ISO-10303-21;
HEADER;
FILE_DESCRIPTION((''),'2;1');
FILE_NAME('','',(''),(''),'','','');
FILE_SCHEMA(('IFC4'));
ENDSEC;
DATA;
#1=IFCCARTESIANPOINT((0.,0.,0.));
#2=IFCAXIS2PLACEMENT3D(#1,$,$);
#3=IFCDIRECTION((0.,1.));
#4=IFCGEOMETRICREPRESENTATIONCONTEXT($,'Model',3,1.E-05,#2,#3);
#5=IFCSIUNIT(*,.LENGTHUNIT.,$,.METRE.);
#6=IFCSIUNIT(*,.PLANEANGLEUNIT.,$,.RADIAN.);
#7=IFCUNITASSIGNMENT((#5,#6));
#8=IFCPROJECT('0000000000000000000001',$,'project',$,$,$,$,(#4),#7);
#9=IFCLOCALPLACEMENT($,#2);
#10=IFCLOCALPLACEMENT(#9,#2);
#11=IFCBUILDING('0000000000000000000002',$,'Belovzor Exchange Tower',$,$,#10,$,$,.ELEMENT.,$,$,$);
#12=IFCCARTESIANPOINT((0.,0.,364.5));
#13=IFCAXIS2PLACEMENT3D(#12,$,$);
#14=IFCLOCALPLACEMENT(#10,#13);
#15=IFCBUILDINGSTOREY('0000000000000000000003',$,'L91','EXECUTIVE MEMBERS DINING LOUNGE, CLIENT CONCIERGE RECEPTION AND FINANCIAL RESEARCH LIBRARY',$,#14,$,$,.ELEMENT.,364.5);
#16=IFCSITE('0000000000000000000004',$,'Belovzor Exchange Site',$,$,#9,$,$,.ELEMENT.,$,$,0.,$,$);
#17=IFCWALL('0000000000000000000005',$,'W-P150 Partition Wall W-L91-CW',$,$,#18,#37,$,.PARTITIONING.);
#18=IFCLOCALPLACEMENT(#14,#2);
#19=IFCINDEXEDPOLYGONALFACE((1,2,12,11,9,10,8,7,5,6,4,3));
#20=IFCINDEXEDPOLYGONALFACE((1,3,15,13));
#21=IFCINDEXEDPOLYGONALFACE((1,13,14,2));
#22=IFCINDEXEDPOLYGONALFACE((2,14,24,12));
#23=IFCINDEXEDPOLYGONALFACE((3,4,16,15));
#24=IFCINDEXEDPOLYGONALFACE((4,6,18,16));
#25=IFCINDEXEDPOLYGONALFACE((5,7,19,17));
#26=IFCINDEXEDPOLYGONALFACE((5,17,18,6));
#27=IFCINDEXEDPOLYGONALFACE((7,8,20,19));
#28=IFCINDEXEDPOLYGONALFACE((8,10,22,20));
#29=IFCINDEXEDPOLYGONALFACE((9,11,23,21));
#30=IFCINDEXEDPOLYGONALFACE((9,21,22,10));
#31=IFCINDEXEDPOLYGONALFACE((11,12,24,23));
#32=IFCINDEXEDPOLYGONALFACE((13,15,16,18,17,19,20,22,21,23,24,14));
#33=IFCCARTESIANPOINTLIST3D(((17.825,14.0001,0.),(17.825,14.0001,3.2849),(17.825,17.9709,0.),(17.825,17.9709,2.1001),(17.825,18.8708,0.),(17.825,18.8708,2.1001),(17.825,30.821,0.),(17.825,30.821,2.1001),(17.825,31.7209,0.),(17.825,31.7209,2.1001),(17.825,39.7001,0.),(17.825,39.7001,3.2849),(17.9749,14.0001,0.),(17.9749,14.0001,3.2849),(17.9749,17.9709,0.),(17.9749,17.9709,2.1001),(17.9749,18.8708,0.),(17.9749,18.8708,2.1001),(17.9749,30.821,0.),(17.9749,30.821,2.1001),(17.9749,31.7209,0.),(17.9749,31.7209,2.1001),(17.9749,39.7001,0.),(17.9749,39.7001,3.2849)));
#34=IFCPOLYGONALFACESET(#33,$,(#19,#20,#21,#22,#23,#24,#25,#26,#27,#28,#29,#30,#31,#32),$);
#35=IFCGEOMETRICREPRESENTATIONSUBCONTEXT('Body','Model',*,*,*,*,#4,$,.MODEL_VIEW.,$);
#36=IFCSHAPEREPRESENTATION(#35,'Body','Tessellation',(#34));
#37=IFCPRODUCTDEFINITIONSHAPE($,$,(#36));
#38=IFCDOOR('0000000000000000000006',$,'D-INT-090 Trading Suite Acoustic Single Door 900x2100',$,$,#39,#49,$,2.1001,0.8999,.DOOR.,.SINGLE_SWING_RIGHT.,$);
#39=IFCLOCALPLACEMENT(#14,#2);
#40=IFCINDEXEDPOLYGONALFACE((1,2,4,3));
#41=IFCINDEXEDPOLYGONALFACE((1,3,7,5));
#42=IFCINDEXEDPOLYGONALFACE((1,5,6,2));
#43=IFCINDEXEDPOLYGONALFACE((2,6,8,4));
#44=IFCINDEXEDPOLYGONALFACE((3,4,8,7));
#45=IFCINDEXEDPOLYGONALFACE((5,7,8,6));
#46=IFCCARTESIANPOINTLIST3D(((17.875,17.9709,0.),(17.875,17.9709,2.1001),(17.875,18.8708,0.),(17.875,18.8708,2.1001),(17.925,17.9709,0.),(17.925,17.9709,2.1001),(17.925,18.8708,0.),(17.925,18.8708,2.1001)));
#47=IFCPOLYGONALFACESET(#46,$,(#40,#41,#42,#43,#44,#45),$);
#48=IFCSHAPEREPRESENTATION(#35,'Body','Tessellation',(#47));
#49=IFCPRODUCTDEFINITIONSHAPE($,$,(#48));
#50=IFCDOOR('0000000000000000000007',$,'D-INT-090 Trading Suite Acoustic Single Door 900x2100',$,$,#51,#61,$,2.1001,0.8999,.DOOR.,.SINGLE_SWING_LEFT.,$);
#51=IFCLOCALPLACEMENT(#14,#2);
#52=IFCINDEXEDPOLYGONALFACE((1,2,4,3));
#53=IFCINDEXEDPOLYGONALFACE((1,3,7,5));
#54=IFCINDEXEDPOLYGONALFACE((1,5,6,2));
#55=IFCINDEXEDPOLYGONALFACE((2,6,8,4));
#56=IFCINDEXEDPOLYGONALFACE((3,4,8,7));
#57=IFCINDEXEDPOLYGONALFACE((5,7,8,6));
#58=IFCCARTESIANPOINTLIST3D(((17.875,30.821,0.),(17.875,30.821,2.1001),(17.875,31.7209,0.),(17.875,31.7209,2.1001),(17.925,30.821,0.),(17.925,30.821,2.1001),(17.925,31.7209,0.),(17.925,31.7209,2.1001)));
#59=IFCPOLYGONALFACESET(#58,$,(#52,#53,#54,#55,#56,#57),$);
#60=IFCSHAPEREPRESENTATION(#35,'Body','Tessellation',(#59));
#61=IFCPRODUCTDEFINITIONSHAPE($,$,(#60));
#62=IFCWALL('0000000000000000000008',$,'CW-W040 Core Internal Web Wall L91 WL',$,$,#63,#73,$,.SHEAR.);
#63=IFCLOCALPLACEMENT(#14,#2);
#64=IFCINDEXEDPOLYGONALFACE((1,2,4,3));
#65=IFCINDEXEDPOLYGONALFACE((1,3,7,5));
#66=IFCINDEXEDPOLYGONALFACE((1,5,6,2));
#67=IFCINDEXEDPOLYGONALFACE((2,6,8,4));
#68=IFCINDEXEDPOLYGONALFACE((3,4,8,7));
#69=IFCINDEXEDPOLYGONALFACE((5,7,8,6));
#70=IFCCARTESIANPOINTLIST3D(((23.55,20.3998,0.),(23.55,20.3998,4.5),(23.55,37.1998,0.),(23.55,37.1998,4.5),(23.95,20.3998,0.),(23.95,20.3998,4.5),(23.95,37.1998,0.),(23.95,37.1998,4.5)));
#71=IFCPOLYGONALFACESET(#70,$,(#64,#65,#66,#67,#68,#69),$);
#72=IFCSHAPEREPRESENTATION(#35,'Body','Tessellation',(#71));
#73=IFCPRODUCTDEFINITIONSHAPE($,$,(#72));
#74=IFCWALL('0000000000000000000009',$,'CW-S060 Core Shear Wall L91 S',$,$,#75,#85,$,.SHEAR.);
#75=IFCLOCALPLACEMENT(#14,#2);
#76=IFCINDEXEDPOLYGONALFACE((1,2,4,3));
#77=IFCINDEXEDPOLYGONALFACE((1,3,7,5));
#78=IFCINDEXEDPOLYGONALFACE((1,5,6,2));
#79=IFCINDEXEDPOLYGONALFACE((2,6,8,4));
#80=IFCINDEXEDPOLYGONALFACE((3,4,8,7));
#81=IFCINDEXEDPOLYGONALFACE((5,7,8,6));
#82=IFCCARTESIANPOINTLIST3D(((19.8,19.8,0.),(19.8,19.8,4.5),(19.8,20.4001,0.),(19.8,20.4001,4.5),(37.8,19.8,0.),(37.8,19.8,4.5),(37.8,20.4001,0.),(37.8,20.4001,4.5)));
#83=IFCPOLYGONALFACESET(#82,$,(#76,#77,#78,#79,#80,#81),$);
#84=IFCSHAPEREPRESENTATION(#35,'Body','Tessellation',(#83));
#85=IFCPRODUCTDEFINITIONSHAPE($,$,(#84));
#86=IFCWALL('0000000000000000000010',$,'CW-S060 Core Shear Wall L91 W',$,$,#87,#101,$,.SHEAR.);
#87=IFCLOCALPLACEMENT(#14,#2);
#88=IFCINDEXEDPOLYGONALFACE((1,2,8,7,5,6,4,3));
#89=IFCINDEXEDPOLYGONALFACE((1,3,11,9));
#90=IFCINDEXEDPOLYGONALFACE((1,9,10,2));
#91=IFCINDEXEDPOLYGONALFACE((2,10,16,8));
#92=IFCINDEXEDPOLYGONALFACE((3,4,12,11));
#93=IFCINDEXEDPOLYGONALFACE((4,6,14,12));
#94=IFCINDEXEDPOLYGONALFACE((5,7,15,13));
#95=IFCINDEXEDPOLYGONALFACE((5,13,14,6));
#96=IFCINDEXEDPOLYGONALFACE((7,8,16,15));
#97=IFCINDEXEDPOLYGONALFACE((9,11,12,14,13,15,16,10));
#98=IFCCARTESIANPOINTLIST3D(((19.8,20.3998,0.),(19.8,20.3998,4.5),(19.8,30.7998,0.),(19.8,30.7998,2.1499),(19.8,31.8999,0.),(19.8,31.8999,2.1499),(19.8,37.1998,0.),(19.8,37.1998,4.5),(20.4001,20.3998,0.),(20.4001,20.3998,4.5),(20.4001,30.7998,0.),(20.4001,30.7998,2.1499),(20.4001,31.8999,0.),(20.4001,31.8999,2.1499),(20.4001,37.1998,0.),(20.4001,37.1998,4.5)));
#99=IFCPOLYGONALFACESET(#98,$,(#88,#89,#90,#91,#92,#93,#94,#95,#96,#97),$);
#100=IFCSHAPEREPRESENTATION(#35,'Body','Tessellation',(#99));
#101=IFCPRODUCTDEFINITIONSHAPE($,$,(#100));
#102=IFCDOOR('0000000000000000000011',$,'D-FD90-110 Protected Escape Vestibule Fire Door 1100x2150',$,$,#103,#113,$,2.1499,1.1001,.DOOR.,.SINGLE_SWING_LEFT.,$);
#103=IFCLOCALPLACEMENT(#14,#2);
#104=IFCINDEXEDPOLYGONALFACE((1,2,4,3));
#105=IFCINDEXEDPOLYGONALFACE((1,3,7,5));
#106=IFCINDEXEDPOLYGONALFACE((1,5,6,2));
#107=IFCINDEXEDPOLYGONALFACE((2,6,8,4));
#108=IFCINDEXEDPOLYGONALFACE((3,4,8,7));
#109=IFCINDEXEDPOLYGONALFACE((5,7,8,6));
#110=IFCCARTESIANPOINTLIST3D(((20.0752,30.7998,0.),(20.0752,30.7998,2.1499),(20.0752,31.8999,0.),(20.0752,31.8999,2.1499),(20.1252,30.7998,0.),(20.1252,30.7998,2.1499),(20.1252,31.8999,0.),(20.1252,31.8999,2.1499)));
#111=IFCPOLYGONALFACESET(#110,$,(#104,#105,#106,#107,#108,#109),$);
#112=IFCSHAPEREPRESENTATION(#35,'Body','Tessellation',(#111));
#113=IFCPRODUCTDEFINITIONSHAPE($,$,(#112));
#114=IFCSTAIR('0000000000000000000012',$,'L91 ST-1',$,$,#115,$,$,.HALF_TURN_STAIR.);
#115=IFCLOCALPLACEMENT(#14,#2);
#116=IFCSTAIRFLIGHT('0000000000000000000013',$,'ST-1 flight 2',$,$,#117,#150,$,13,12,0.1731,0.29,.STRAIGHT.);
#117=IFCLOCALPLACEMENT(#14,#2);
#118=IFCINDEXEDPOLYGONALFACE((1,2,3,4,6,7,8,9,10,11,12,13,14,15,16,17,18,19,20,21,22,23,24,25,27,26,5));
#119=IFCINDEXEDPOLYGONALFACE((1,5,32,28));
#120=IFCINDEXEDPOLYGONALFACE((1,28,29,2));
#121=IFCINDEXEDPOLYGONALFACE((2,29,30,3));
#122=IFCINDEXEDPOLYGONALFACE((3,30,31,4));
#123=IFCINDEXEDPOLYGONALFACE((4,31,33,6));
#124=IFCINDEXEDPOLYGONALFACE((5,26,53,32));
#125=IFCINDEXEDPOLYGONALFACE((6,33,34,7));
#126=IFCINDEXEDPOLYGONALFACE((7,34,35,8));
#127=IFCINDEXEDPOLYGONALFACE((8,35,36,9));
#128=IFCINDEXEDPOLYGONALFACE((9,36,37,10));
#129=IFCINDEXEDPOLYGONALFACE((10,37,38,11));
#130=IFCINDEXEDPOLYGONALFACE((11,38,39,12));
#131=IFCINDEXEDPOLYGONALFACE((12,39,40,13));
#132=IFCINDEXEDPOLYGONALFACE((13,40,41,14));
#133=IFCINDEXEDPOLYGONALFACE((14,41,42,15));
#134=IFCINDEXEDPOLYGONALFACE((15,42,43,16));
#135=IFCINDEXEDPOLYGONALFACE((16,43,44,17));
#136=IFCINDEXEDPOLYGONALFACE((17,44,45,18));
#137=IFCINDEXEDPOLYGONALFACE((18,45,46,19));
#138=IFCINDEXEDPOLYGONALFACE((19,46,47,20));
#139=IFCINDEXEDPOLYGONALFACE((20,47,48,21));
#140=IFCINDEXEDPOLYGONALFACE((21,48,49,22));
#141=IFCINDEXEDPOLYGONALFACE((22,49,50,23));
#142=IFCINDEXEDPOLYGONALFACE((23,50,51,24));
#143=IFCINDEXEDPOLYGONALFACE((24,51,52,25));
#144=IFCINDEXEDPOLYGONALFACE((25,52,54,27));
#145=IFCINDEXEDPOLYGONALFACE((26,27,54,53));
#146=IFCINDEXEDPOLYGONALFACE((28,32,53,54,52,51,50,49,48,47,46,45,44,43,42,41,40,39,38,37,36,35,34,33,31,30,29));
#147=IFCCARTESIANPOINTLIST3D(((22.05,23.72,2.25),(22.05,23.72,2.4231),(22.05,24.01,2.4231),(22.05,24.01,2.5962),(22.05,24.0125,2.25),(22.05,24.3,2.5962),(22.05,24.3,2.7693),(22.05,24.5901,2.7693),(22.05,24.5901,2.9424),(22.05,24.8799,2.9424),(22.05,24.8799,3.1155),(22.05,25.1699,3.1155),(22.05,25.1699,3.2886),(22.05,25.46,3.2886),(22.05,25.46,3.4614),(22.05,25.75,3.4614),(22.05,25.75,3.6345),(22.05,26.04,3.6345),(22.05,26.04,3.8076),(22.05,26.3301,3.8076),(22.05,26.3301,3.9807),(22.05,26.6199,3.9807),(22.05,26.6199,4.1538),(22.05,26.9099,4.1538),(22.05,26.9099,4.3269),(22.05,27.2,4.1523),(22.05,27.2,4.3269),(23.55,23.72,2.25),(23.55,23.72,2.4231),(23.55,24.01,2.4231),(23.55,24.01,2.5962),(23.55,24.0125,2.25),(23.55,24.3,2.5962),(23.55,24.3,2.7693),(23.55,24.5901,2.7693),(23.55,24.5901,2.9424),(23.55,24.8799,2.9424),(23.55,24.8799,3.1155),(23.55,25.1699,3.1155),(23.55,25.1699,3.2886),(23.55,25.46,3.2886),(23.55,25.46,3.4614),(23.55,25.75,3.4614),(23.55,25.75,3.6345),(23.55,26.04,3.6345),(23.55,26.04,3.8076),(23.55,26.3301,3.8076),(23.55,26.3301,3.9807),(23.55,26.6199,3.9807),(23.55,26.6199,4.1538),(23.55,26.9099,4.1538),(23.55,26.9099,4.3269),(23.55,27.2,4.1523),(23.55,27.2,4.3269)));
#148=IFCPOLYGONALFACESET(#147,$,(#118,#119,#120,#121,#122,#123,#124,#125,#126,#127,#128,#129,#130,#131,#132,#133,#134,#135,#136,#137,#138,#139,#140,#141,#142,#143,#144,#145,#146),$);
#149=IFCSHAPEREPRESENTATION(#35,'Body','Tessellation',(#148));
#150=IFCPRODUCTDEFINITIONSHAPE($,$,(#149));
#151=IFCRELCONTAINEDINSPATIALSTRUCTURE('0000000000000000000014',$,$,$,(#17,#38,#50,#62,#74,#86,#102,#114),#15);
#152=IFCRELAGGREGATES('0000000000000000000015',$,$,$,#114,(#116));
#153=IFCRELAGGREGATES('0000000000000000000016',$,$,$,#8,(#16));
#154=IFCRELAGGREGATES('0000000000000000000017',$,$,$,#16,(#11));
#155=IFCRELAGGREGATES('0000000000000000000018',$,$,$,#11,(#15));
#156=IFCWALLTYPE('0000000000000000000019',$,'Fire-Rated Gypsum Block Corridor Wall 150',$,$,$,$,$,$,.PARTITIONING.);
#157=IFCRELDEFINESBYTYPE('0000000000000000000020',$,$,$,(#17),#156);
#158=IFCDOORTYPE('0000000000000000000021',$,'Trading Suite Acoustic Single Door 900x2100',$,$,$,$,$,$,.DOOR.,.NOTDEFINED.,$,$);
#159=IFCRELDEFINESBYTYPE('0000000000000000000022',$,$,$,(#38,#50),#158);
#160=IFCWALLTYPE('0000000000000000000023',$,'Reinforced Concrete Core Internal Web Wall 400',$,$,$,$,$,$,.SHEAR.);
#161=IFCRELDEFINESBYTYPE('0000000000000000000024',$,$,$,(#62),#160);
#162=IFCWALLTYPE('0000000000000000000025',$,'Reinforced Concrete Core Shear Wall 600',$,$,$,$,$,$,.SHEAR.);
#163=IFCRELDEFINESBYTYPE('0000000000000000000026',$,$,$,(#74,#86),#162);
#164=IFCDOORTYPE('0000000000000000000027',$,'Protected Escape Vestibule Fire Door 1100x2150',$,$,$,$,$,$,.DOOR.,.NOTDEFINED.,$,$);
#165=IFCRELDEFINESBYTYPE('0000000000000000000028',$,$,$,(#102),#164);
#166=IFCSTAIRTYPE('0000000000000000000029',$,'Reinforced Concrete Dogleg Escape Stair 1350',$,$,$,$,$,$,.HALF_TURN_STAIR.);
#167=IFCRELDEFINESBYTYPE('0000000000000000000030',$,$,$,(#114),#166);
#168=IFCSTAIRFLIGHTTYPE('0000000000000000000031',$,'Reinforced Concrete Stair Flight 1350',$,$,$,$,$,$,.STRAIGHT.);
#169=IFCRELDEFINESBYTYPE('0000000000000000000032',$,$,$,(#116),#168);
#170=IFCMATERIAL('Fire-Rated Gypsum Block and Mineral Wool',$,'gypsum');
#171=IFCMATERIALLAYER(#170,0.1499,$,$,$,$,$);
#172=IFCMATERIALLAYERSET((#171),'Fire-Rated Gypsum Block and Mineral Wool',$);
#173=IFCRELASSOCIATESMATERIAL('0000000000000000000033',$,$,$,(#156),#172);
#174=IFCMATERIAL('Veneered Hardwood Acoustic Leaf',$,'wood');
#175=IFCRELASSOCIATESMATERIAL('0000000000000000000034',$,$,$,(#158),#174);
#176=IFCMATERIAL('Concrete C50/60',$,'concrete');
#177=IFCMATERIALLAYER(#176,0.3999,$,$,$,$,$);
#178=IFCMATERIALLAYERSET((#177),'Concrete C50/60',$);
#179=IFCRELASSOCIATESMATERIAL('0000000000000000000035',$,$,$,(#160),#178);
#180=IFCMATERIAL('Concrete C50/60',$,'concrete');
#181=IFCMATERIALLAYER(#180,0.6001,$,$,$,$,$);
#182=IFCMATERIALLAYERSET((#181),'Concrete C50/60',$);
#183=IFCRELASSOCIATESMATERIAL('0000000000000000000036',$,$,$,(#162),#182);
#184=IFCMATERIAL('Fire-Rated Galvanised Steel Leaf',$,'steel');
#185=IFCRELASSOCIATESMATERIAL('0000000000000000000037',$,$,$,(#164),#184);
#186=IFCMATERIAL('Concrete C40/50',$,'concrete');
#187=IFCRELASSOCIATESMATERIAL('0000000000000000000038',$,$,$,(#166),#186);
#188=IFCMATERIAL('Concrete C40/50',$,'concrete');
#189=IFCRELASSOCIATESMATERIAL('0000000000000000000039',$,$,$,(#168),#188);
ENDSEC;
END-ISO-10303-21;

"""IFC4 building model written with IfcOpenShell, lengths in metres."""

from ifc_helpers import new_model, si_unit, direction, frame, frame_2d, origin, place, context, subcontext, project, spatial, polyline, rectangle, outline, extrude, material, layer, layer_set, type_object, element, fill, aggregate, save


model = new_model("IFC4")

# Units and contexts
model_context = context("Model", 3, precision=1e-05, world=origin(), true_north=direction((0.0, 1.0)))
body_context = subcontext(model_context, "Body", "Model", "MODEL_VIEW")
ifc_project = project(units=[si_unit("LENGTHUNIT", "METRE"), si_unit("PLANEANGLEUNIT", "RADIAN")], contexts=[model_context])

# Site, building, storey
site_placement = place(None, origin())
site = spatial("IfcSite", under=ifc_project, at=site_placement, Name="Belovzor Exchange Site", CompositionType="ELEMENT", RefElevation=0.0)
building_placement = place(site_placement, origin())
building = spatial("IfcBuilding", under=site, at=building_placement, Name="Belovzor Exchange Tower", CompositionType="ELEMENT")
storey_placement = place(building_placement, frame((0.0, 0.0, 364.5)))
storey = spatial("IfcBuildingStorey", under=building, at=storey_placement, Name="L91", Description="EXECUTIVE MEMBERS DINING LOUNGE, CLIENT CONCIERGE RECEPTION AND FINANCIAL RESEARCH LIBRARY", CompositionType="ELEMENT", Elevation=364.5)

# Wall, openings, doors
ifc_material_1 = material(Name="Fire-Rated Gypsum Block and Mineral Wool", Category="gypsum")
ifc_layer_1 = layer(ifc_material_1, 0.1499)
ifc_layer_set_1 = layer_set([ifc_layer_1], Name="Fire-Rated Gypsum Block and Mineral Wool")
wall_type_1 = type_object("IfcWallType", Name="Fire-Rated Gypsum Block Corridor Wall 150", PredefinedType="PARTITIONING", material=ifc_layer_set_1)
wall_1_placement = place(storey_placement, frame((17.8999, 14.0, 0.0), z_axis=(0.0, 0.0, 1.0), x_axis=(0.0, 1.0, 0.0)))
wall_1 = element("IfcWall", 1, at=wall_1_placement, inside=storey, type_object=wall_type_1, Name="W-P150 Partition Wall W-L91-CW", PredefinedType="PARTITIONING", context=body_context, shape_type="SweptSolid", body=[
    extrude(rectangle(XDim=25.7, YDim=0.1499, at=frame_2d((12.8501, 0.0))), origin(), (0.0, 0.0, 1.0), 3.2849),
])
opening_1_placement = place(wall_1_placement, frame((3.9709, 0.0, 0.0)))
opening_1 = element("IfcOpeningElement", 2, at=opening_1_placement, cuts=wall_1, PredefinedType="OPENING", context=body_context, shape_type="SweptSolid", body=[
    extrude(rectangle(XDim=0.8999, YDim=2.1001, at=frame_2d((0.45, 1.05))), frame((0.0, 0.085, 0.0), z_axis=(0.0, -1.0, 0.0), x_axis=(1.0, 0.0, 0.0)), (0.0, 0.0, 1.0), 0.1699),
])
opening_2_placement = place(wall_1_placement, frame((16.821, 0.0, 0.0)))
opening_2 = element("IfcOpeningElement", 3, at=opening_2_placement, cuts=wall_1, PredefinedType="OPENING", context=body_context, shape_type="SweptSolid", body=[
    extrude(rectangle(XDim=0.8999, YDim=2.1001, at=frame_2d((0.45, 1.05))), frame((0.0, 0.085, 0.0), z_axis=(0.0, -1.0, 0.0), x_axis=(1.0, 0.0, 0.0)), (0.0, 0.0, 1.0), 0.1699),
])
ifc_material_2 = material(Name="Veneered Hardwood Acoustic Leaf", Category="wood")
door_type_1 = type_object("IfcDoorType", Name="Trading Suite Acoustic Single Door 900x2100", OperationType="NOTDEFINED", PredefinedType="DOOR", material=ifc_material_2)
door_1_placement = place(opening_1_placement, origin())
door_1 = element("IfcDoor", 4, at=door_1_placement, inside=storey, type_object=door_type_1, Name="D-INT-090 Trading Suite Acoustic Single Door 900x2100", OperationType="SINGLE_SWING_RIGHT", OverallHeight=2.1001, OverallWidth=0.8999, PredefinedType="DOOR", context=body_context, shape_type="SweptSolid", body=[
    extrude(rectangle(XDim=0.8999, YDim=2.1001, at=frame_2d((0.45, 1.05))), frame((0.0, 0.0249, 0.0), z_axis=(0.0, -1.0, 0.0), x_axis=(1.0, 0.0, 0.0)), (0.0, 0.0, 1.0), 0.05),
])
fill(opening_1, door_1)
door_2_placement = place(opening_2_placement, origin())
door_2 = element("IfcDoor", 5, at=door_2_placement, inside=storey, type_object=door_type_1, Name="D-INT-090 Trading Suite Acoustic Single Door 900x2100", OperationType="SINGLE_SWING_LEFT", OverallHeight=2.1001, OverallWidth=0.8999, PredefinedType="DOOR", context=body_context, shape_type="SweptSolid", body=[
    extrude(rectangle(XDim=0.8999, YDim=2.1001, at=frame_2d((0.45, 1.05))), frame((0.0, 0.0249, 0.0), z_axis=(0.0, -1.0, 0.0), x_axis=(1.0, 0.0, 0.0)), (0.0, 0.0, 1.0), 0.05),
])
fill(opening_2, door_2)

# Walls
ifc_material_3 = material(Name="Concrete C50/60", Category="concrete")
ifc_layer_2 = layer(ifc_material_3, 0.3999)
ifc_layer_set_2 = layer_set([ifc_layer_2], Name="Concrete C50/60")
wall_type_2 = type_object("IfcWallType", Name="Reinforced Concrete Core Internal Web Wall 400", PredefinedType="SHEAR", material=ifc_layer_set_2)
wall_2_placement = place(storey_placement, frame((23.75, 20.3999, 0.0), z_axis=(0.0, 0.0, 1.0), x_axis=(0.0, 1.0, 0.0)))
element("IfcWall", 6, at=wall_2_placement, inside=storey, type_object=wall_type_2, Name="CW-W040 Core Internal Web Wall L91 WL", PredefinedType="SHEAR", context=body_context, shape_type="SweptSolid", body=[
    extrude(rectangle(XDim=16.8, YDim=0.3999, at=frame_2d((8.3999, 0.0))), origin(), (0.0, 0.0, 1.0), 4.5),
])
ifc_material_4 = material(Name="Concrete C50/60", Category="concrete")
ifc_layer_3 = layer(ifc_material_4, 0.6001)
ifc_layer_set_3 = layer_set([ifc_layer_3], Name="Concrete C50/60")
wall_type_3 = type_object("IfcWallType", Name="Reinforced Concrete Core Shear Wall 600", PredefinedType="SHEAR", material=ifc_layer_set_3)
wall_3_placement = place(storey_placement, frame((19.8, 20.1001, 0.0), z_axis=(0.0, 0.0, 1.0), x_axis=(1.0, 0.0, 0.0)))
element("IfcWall", 7, at=wall_3_placement, inside=storey, type_object=wall_type_3, Name="CW-S060 Core Shear Wall L91 S", PredefinedType="SHEAR", context=body_context, shape_type="SweptSolid", body=[
    extrude(rectangle(XDim=18.0, YDim=0.6001, at=frame_2d((9.0, 0.0))), origin(), (0.0, 0.0, 1.0), 4.5),
])

# Wall, opening, door
wall_4_placement = place(storey_placement, frame((20.1001, 20.3999, 0.0), z_axis=(0.0, 0.0, 1.0), x_axis=(0.0, 1.0, 0.0)))
wall_4 = element("IfcWall", 8, at=wall_4_placement, inside=storey, type_object=wall_type_3, Name="CW-S060 Core Shear Wall L91 W", PredefinedType="SHEAR", context=body_context, shape_type="SweptSolid", body=[
    extrude(rectangle(XDim=16.8, YDim=0.6001, at=frame_2d((8.3999, 0.0))), origin(), (0.0, 0.0, 1.0), 4.5),
])
opening_3_placement = place(wall_4_placement, frame((10.3999, 0.0, 0.0)))
opening_3 = element("IfcOpeningElement", 9, at=opening_3_placement, cuts=wall_4, PredefinedType="OPENING", context=body_context, shape_type="SweptSolid", body=[
    extrude(rectangle(XDim=1.1001, YDim=2.1499, at=frame_2d((0.55, 1.075))), frame((0.0, 0.3101, 0.0), z_axis=(0.0, -1.0, 0.0), x_axis=(1.0, 0.0, 0.0)), (0.0, 0.0, 1.0), 0.6201),
])
ifc_material_5 = material(Name="Fire-Rated Galvanised Steel Leaf", Category="steel")
door_type_2 = type_object("IfcDoorType", Name="Protected Escape Vestibule Fire Door 1100x2150", OperationType="NOTDEFINED", PredefinedType="DOOR", material=ifc_material_5)
door_3_placement = place(opening_3_placement, origin())
door_3 = element("IfcDoor", 10, at=door_3_placement, inside=storey, type_object=door_type_2, Name="D-FD90-110 Protected Escape Vestibule Fire Door 1100x2150", OperationType="SINGLE_SWING_LEFT", OverallHeight=2.1499, OverallWidth=1.1001, PredefinedType="DOOR", context=body_context, shape_type="SweptSolid", body=[
    extrude(rectangle(XDim=1.1001, YDim=2.1499, at=frame_2d((0.55, 1.075))), frame((0.0, 0.0249, 0.0), z_axis=(0.0, -1.0, 0.0), x_axis=(1.0, 0.0, 0.0)), (0.0, 0.0, 1.0), 0.05),
])
fill(opening_3, door_3)

# Stair, stair flight
ifc_material_6 = material(Name="Concrete C40/50", Category="concrete")
stair_type = type_object("IfcStairType", Name="Reinforced Concrete Dogleg Escape Stair 1350", PredefinedType="HALF_TURN_STAIR", material=ifc_material_6)
stair_placement = place(storey_placement, origin())
stair = element("IfcStair", 11, at=stair_placement, inside=storey, type_object=stair_type, Name="L91 ST-1", PredefinedType="HALF_TURN_STAIR")
ifc_material_7 = material(Name="Concrete C40/50", Category="concrete")
stair_flight_type = type_object("IfcStairFlightType", Name="Reinforced Concrete Stair Flight 1350", PredefinedType="STRAIGHT", material=ifc_material_7)
stair_flight_placement = place(storey_placement, frame((22.8, 23.72, 2.25), z_axis=(0.0, 0.0, 1.0), x_axis=(0.0, 1.0, 0.0)))
stair_flight = element("IfcStairFlight", 12, at=stair_flight_placement, type_object=stair_flight_type, Name="ST-1 flight 2", NumberOfRisers=13, NumberOfTreads=12, PredefinedType="STRAIGHT", RiserHeight=0.1731, TreadLength=0.29, context=body_context, shape_type="SweptSolid", body=[
    extrude(outline(polyline([(0.0, 0.0), (0.0, 0.1731), (0.29, 0.1731), (0.29, 0.3462), (0.5801, 0.3462), (0.5801, 0.5193), (0.8701, 0.5193), (0.8701, 0.6924), (1.1599, 0.6924), (1.1599, 0.8655), (1.45, 0.8655), (1.45, 1.0386), (1.74, 1.0386), (1.74, 1.2114), (2.03, 1.2114), (2.03, 1.3845), (2.3201, 1.3845), (2.3201, 1.5576), (2.6101, 1.5576), (2.6101, 1.7307), (2.8999, 1.7307), (2.8999, 1.9038), (3.1899, 1.9038), (3.1899, 2.0769), (3.48, 2.0769), (3.48, 2.25), (3.48, 1.9023), (0.2925, 0.0), (0.0, 0.0)])), frame((0.0, 0.75, 0.0), z_axis=(0.0, -1.0, 0.0), x_axis=(1.0, 0.0, 0.0)), (0.0, 0.0, 1.0), 1.5),
])
aggregate(stair, [stair_flight])

save(model, "model.ifc")
